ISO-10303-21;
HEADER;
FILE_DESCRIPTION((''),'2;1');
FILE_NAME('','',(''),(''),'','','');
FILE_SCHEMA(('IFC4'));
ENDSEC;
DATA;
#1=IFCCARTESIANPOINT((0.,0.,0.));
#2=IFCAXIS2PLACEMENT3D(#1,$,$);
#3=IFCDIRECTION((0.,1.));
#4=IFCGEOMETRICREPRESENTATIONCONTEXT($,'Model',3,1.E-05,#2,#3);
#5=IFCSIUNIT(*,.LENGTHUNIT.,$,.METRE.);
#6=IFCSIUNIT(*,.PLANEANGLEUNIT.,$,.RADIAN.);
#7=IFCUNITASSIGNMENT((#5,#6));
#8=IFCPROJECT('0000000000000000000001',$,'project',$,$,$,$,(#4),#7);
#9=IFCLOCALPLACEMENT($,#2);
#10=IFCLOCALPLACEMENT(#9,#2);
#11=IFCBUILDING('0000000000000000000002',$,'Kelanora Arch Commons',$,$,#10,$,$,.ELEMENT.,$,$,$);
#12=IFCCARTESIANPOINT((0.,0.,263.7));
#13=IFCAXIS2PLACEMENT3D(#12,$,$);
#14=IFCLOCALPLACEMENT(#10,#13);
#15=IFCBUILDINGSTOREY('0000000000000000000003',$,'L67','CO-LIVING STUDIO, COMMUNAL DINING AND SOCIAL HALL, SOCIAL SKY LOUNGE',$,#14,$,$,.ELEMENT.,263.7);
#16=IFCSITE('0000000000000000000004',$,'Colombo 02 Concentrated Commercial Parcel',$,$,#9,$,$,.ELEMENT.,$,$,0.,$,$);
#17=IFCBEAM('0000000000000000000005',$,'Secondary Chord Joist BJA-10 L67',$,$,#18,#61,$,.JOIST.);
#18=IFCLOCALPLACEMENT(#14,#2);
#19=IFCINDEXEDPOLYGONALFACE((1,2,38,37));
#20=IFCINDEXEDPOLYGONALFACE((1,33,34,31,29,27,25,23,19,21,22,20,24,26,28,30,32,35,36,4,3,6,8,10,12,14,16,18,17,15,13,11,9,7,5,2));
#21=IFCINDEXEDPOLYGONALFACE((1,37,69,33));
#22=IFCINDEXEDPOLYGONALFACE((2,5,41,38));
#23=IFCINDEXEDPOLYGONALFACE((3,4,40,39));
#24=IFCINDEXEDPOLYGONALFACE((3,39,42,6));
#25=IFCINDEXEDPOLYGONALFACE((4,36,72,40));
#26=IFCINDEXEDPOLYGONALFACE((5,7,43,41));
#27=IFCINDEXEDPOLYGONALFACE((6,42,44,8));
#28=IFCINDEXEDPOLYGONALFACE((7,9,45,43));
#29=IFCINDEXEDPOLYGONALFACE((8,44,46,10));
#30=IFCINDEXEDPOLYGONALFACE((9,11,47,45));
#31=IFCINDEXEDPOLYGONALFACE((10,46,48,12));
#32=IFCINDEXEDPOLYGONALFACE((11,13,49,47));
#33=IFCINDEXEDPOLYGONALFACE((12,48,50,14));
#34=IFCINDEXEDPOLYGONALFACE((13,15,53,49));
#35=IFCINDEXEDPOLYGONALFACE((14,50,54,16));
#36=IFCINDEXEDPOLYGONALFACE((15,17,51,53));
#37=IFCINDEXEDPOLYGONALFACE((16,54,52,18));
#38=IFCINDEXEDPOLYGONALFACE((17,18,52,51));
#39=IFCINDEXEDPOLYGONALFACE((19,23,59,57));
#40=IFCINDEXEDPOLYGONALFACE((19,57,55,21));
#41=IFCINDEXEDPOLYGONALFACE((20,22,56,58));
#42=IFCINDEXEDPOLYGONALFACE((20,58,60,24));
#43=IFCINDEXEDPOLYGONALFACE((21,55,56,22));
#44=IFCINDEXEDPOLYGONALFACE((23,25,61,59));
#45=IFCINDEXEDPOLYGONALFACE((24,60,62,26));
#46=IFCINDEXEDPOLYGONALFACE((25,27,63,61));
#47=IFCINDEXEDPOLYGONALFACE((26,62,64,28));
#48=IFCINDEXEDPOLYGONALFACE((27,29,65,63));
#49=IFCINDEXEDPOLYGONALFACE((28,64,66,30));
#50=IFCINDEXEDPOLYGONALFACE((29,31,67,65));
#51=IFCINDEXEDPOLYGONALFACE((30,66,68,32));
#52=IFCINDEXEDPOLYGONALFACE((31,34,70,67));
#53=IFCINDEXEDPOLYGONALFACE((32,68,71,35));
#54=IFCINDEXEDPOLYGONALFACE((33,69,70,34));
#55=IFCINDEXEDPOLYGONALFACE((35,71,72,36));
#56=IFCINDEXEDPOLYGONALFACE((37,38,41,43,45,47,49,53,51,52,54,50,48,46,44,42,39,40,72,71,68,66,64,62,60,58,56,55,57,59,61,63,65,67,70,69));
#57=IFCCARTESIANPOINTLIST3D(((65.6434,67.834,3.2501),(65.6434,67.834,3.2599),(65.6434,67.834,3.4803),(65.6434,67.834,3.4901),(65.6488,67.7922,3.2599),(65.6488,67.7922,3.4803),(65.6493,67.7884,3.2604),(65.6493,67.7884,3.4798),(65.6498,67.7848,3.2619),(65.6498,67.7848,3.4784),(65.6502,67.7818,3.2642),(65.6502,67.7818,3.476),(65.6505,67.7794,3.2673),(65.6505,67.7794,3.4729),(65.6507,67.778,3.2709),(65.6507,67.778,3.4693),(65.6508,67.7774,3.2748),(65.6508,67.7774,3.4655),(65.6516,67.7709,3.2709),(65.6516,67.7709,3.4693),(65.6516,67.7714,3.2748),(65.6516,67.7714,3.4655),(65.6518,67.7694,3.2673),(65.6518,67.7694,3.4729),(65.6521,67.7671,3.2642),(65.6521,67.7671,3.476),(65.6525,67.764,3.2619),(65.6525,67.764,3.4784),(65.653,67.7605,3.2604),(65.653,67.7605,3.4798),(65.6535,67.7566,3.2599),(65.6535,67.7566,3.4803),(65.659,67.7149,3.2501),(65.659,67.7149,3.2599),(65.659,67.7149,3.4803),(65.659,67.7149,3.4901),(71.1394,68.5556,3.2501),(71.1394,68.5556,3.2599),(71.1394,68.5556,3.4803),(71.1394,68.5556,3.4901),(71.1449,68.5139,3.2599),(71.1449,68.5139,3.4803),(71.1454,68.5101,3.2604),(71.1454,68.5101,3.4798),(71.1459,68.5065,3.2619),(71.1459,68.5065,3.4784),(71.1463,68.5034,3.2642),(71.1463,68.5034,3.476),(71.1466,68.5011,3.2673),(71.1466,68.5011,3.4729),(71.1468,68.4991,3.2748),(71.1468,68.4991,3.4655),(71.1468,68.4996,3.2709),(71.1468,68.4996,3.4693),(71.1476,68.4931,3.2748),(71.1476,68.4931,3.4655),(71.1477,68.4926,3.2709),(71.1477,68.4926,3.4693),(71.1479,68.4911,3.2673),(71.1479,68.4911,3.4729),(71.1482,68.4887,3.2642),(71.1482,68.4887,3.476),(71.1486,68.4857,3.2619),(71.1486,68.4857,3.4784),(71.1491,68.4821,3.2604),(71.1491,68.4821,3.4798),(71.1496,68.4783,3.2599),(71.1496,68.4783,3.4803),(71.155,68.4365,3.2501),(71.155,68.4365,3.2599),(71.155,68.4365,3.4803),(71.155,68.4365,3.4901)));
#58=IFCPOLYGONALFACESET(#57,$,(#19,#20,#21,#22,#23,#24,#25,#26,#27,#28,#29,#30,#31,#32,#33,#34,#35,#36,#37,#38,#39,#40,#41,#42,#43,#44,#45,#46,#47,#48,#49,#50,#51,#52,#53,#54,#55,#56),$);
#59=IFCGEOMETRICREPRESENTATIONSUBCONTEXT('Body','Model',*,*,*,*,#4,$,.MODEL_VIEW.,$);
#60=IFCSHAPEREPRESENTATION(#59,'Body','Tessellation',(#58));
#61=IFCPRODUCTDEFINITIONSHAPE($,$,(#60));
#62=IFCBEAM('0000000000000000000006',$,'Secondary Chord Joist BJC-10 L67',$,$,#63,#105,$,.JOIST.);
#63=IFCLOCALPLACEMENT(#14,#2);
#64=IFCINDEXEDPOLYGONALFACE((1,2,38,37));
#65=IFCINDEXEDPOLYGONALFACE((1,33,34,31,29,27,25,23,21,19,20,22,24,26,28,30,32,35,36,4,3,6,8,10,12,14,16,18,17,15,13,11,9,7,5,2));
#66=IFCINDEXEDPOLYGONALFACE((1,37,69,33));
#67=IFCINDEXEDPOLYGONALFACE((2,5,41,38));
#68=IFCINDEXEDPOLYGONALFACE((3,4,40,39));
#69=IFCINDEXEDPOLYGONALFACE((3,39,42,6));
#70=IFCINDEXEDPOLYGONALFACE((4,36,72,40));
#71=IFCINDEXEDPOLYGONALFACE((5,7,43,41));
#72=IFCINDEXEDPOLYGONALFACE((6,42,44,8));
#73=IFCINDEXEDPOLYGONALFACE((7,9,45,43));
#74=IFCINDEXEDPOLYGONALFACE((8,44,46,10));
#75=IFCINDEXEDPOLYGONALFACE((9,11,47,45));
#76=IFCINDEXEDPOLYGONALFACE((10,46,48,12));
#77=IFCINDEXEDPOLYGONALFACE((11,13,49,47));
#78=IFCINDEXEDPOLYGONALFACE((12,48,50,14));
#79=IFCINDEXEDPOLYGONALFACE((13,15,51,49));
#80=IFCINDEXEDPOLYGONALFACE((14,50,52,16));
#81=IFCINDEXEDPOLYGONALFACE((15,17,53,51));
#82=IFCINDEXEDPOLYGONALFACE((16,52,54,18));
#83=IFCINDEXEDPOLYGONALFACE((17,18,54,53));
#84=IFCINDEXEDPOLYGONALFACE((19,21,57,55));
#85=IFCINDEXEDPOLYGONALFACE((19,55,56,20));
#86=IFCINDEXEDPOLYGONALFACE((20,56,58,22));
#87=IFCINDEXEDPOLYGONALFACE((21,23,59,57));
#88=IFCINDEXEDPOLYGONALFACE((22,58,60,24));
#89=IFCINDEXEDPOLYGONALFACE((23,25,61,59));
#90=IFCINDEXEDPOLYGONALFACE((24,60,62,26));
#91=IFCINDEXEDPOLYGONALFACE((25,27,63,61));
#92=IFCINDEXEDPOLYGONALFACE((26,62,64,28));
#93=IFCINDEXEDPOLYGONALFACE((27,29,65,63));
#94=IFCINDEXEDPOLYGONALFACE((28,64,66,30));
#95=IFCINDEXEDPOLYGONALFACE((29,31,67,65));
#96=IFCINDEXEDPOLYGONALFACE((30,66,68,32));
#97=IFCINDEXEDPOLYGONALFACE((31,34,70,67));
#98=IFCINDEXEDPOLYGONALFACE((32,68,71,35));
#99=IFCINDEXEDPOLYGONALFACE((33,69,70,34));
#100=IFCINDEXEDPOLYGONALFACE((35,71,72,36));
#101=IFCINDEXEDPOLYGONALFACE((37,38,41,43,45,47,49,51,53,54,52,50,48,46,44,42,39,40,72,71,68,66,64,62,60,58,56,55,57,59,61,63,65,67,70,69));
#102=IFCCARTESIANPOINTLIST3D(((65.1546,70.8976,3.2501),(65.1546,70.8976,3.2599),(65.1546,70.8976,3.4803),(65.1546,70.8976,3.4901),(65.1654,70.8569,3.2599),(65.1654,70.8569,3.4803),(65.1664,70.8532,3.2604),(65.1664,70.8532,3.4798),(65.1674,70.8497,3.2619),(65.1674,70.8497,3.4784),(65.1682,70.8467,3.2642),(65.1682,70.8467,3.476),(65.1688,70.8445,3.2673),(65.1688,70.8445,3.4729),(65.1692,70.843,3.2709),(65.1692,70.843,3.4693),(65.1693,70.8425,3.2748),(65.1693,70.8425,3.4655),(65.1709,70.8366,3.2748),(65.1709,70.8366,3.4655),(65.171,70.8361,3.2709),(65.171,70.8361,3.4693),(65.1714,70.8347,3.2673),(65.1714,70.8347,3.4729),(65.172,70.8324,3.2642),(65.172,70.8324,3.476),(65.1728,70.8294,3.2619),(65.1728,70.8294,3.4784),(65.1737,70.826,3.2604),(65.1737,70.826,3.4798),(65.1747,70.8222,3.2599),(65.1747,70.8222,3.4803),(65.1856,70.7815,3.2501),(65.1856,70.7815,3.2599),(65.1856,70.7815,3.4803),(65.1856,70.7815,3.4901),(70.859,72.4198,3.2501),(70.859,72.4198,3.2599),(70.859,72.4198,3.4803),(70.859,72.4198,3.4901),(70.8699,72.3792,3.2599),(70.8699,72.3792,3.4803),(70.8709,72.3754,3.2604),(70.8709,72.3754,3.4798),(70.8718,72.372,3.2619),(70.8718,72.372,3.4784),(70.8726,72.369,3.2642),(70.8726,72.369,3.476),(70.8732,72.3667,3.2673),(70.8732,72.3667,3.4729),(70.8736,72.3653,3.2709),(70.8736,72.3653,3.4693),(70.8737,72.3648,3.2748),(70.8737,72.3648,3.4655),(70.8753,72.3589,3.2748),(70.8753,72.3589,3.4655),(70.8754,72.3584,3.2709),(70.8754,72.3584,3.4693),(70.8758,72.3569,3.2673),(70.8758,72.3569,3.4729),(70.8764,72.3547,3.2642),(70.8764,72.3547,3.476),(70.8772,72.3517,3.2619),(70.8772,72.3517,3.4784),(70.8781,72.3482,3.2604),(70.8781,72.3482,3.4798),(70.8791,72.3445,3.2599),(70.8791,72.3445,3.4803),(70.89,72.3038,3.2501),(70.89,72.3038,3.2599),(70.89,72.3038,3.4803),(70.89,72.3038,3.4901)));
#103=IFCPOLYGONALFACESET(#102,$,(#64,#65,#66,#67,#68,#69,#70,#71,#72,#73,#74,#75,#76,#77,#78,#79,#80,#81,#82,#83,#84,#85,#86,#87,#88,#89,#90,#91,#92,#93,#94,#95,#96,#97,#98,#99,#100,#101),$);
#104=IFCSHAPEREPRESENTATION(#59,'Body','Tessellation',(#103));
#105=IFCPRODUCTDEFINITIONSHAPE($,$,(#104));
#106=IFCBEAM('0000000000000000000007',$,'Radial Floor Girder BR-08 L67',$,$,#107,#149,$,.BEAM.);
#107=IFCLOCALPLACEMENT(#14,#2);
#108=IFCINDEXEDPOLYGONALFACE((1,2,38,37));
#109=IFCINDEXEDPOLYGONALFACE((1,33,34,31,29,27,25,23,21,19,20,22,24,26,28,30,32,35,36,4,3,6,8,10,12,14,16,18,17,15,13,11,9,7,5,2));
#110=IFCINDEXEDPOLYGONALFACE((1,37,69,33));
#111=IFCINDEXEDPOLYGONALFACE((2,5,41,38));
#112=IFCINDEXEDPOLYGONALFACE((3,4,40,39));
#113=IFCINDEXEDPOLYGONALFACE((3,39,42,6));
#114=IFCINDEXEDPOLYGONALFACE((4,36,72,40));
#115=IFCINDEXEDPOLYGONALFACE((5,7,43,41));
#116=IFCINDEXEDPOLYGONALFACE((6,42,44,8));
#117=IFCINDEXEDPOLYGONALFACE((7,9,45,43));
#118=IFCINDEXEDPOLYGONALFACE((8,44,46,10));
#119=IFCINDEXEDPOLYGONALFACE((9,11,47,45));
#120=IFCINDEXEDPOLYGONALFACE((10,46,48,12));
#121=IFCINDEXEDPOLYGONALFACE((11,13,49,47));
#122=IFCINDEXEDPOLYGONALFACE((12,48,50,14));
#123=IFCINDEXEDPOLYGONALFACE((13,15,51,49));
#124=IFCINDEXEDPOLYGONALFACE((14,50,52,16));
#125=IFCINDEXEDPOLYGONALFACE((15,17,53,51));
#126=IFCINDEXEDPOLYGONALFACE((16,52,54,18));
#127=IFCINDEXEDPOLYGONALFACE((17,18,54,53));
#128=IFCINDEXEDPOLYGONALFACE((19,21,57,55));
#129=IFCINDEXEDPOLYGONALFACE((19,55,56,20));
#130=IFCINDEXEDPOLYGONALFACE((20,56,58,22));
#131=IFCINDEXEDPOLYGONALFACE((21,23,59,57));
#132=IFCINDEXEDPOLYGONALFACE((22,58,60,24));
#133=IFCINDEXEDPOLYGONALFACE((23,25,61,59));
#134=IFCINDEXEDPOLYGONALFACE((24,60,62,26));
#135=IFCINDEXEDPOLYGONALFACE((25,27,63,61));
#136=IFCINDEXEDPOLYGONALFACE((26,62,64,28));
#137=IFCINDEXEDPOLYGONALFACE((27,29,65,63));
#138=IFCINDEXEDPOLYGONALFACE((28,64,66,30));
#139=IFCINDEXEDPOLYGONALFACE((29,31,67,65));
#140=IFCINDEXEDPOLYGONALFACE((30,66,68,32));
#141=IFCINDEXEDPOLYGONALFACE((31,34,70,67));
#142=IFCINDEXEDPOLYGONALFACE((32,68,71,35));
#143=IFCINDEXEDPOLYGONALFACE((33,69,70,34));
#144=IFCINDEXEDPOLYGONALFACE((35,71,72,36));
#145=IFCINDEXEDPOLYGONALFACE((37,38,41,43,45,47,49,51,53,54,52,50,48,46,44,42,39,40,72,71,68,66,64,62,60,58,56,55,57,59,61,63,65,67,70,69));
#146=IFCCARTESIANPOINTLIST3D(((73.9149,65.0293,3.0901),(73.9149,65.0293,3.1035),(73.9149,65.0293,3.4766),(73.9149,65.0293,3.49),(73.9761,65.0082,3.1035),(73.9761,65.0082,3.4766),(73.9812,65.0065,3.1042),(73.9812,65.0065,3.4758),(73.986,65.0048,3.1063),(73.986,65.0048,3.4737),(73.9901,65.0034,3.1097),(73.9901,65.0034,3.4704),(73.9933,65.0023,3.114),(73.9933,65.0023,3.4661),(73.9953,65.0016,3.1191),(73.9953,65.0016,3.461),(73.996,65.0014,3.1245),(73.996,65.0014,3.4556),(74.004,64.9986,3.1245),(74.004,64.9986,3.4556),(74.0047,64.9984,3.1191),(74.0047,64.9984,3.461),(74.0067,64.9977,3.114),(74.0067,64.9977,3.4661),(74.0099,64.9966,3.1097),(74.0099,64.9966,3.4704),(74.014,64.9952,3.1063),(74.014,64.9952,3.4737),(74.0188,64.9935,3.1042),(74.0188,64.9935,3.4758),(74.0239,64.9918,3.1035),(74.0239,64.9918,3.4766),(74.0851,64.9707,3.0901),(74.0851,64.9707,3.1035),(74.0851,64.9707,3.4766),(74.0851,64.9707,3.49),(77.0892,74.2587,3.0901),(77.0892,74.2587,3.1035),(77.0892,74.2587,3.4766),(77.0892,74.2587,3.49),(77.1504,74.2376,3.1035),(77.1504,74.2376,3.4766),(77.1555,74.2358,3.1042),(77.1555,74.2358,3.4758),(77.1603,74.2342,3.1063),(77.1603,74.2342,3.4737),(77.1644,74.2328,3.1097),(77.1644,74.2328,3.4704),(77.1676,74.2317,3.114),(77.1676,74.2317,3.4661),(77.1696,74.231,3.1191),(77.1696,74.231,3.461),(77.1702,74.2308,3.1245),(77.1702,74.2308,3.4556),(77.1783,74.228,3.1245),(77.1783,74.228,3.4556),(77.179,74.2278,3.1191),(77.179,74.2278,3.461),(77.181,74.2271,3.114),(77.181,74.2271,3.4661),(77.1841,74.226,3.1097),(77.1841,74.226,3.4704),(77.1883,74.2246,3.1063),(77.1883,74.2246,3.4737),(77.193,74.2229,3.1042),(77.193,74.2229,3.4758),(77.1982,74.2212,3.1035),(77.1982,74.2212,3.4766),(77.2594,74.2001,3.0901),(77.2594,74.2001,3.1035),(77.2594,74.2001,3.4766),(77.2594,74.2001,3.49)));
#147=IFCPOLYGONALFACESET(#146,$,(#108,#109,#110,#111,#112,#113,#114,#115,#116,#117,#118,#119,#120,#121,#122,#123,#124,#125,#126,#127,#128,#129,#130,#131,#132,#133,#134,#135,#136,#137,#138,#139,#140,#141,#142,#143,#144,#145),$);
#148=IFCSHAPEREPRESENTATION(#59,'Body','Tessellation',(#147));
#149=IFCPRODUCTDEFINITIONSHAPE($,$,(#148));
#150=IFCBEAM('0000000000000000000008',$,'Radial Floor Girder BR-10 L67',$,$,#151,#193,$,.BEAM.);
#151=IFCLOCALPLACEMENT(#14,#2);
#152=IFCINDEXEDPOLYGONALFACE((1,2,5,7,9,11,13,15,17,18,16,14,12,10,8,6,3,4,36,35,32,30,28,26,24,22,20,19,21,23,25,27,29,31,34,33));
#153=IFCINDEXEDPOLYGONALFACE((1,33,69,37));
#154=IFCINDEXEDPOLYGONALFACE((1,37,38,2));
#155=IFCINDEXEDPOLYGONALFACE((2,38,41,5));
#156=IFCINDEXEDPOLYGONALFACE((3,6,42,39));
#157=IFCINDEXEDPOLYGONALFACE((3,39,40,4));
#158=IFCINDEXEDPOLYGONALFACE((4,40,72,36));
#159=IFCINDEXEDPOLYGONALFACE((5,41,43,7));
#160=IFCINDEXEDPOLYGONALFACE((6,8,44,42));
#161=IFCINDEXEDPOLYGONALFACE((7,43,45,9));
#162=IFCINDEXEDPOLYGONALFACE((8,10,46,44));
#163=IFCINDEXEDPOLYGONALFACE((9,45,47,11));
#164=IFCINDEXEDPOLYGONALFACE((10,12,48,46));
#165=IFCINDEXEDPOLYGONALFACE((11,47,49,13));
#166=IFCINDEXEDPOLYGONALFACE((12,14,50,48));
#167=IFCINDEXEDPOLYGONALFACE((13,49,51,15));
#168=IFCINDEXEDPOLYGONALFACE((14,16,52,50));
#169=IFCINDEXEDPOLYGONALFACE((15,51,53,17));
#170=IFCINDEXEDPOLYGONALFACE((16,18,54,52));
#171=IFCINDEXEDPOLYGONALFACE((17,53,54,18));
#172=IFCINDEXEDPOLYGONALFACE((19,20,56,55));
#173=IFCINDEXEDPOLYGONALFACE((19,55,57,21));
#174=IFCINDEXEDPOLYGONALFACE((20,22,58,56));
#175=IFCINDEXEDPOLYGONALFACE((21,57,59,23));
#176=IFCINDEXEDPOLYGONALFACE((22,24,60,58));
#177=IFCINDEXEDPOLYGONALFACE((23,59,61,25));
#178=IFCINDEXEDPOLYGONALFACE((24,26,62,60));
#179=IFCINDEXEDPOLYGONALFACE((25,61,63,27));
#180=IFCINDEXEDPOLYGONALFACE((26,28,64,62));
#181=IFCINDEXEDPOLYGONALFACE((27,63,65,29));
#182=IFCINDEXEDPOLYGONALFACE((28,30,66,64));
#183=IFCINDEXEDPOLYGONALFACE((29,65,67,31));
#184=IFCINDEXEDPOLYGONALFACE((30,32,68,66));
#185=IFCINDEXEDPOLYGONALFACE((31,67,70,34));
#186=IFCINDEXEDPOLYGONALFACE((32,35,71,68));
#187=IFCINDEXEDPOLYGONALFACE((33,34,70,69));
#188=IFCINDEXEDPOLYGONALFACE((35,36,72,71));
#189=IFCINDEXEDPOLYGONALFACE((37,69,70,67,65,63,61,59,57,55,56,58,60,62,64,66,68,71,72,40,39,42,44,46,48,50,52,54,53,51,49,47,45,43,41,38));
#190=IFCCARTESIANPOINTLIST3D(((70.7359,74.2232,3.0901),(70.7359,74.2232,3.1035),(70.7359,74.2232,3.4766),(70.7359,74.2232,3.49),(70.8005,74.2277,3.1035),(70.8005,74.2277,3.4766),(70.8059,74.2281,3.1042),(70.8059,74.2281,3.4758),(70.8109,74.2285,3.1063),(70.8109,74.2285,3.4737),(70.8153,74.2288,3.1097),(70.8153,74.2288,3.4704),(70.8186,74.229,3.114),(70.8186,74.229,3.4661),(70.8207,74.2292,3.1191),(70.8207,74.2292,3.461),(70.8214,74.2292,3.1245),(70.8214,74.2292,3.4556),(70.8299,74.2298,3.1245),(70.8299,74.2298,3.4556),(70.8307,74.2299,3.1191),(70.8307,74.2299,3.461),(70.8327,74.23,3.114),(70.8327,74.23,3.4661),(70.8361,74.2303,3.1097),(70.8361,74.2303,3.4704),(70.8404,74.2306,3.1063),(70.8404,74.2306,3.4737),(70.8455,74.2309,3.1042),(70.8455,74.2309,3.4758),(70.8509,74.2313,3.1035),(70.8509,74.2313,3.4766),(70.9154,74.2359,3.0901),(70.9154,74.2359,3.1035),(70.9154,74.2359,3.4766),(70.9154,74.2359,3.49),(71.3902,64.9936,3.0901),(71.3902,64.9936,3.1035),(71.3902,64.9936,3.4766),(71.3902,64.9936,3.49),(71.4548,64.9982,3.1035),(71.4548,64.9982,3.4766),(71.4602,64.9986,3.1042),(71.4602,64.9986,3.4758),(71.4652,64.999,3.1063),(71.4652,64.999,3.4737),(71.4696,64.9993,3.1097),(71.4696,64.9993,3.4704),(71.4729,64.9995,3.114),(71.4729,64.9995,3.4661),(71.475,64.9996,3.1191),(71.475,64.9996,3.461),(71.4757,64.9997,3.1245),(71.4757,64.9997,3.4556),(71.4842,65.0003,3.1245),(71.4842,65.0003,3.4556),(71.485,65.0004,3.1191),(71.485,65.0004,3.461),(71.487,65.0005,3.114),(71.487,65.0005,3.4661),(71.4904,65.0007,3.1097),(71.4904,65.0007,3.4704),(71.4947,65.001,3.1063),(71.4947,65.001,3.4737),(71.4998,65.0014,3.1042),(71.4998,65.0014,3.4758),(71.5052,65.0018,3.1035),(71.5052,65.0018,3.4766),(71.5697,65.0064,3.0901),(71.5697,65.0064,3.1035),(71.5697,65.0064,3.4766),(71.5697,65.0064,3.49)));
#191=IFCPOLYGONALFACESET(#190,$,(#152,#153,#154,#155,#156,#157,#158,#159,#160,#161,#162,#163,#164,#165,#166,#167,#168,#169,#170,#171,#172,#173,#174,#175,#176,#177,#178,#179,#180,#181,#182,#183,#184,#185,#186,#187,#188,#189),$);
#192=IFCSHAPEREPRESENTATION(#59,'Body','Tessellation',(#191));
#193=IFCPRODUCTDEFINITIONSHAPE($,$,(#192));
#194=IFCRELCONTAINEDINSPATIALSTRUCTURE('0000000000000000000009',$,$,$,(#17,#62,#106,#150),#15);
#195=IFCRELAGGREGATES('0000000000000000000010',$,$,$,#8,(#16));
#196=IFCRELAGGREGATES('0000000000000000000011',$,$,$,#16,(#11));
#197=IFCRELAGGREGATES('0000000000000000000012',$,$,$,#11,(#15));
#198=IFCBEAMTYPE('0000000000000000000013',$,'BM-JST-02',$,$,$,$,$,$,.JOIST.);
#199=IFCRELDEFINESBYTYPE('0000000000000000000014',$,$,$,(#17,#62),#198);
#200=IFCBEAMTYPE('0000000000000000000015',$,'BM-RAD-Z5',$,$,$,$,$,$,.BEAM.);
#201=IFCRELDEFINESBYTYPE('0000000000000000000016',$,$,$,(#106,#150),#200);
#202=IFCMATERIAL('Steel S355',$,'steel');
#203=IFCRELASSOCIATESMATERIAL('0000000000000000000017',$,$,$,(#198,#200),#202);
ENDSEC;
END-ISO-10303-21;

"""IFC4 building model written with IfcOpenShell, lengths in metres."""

from ifc_helpers import new_model, si_unit, direction, frame, origin, origin_2d, place, context, subcontext, project, spatial, i_section, extrude, material, material_profile, profile_set, type_object, element, save


model = new_model("IFC4")

# Units and contexts
model_context = context("Model", 3, precision=1e-05, world=origin(), true_north=direction((0.0, 1.0)))
body_context = subcontext(model_context, "Body", "Model", "MODEL_VIEW")
ifc_project = project(units=[si_unit("LENGTHUNIT", "METRE"), si_unit("PLANEANGLEUNIT", "RADIAN")], contexts=[model_context])

# Site, building, storey
site_placement = place(None, origin())
site = spatial("IfcSite", under=ifc_project, at=site_placement, Name="Colombo 02 Concentrated Commercial Parcel", CompositionType="ELEMENT", RefElevation=0.0)
building_placement = place(site_placement, origin())
building = spatial("IfcBuilding", under=site, at=building_placement, Name="Kelanora Arch Commons", CompositionType="ELEMENT")
storey_placement = place(building_placement, frame((0.0, 0.0, 263.7)))
storey = spatial("IfcBuildingStorey", under=building, at=storey_placement, Name="L67", Description="CO-LIVING STUDIO, COMMUNAL DINING AND SOCIAL HALL, SOCIAL SKY LOUNGE", CompositionType="ELEMENT", Elevation=263.7)

# Beams
ifc_material_1 = material(Name="Steel S355", Category="steel")
ifc_material_profile_1 = material_profile(ifc_material_1, i_section(OverallWidth=0.1201, OverallDepth=0.24, WebThickness=0.0061, FlangeThickness=0.0098, FilletRadius=0.0149, at=origin_2d()), Name="IPE240")
ifc_profile_set_1 = profile_set([ifc_material_profile_1], Name="Steel S355")
beam_type_1 = type_object("IfcBeamType", Name="BM-JST-02", PredefinedType="JOIST", material=ifc_profile_set_1)
beam_1_placement = place(storey_placement, frame((71.1472, 68.4961, 3.3701), z_axis=(-0.991489, -0.13019, 0.0), x_axis=(0.13019, -0.991489, 0.0)))
element("IfcBeam", 1, at=beam_1_placement, inside=storey, type_object=beam_type_1, Name="Secondary Chord Joist BJA-10 L67", PredefinedType="JOIST", context=body_context, shape_type="SweptSolid", body=[
    extrude(i_section(OverallWidth=0.1201, OverallDepth=0.24, WebThickness=0.0061, FlangeThickness=0.0098, FilletRadius=0.0149, at=origin_2d()), origin(), (0.0, 0.0, 1.0), 5.5432),
])
beam_2_placement = place(storey_placement, frame((70.8745, 72.3618, 3.3701), z_axis=(-0.96619, -0.25783, 0.0), x_axis=(0.25783, -0.96619, 0.0)))
element("IfcBeam", 2, at=beam_2_placement, inside=storey, type_object=beam_type_1, Name="Secondary Chord Joist BJC-10 L67", PredefinedType="JOIST", context=body_context, shape_type="SweptSolid", body=[
    extrude(i_section(OverallWidth=0.1201, OverallDepth=0.24, WebThickness=0.0061, FlangeThickness=0.0098, FilletRadius=0.0149, at=origin_2d()), origin(), (0.0, 0.0, 1.0), 5.9041),
])
ifc_material_profile_2 = material_profile(ifc_material_1, i_section(OverallWidth=0.1799, OverallDepth=0.3999, WebThickness=0.0085, FlangeThickness=0.0134, FilletRadius=0.021, at=origin_2d()), Name="IPE400")
ifc_profile_set_2 = profile_set([ifc_material_profile_2], Name="Steel S355")
beam_type_2 = type_object("IfcBeamType", Name="BM-RAD-Z5", PredefinedType="BEAM", material=ifc_profile_set_2)
beam_3_placement = place(storey_placement, frame((74.0, 65.0, 3.29), z_axis=(0.325234, 0.945634, 0.0), x_axis=(-0.945634, 0.325234, 0.0)))
element("IfcBeam", 3, at=beam_3_placement, inside=storey, type_object=beam_type_2, Name="Radial Floor Girder BR-08 L67", PredefinedType="BEAM", context=body_context, shape_type="SweptSolid", body=[
    extrude(i_section(OverallWidth=0.1799, OverallDepth=0.3999, WebThickness=0.0085, FlangeThickness=0.0134, FilletRadius=0.021, at=origin_2d()), origin(), (0.0, 0.0, 1.0), 9.76),
])
beam_4_placement = place(storey_placement, frame((71.48, 65.0, 3.29), z_axis=(-0.070714, 0.997497, 0.0), x_axis=(-0.997497, -0.070714, 0.0)))
element("IfcBeam", 4, at=beam_4_placement, inside=storey, type_object=beam_type_2, Name="Radial Floor Girder BR-10 L67", PredefinedType="BEAM", context=body_context, shape_type="SweptSolid", body=[
    extrude(i_section(OverallWidth=0.1799, OverallDepth=0.3999, WebThickness=0.0085, FlangeThickness=0.0134, FilletRadius=0.021, at=origin_2d()), origin(), (0.0, 0.0, 1.0), 9.2527),
])

save(model, "model.ifc")
